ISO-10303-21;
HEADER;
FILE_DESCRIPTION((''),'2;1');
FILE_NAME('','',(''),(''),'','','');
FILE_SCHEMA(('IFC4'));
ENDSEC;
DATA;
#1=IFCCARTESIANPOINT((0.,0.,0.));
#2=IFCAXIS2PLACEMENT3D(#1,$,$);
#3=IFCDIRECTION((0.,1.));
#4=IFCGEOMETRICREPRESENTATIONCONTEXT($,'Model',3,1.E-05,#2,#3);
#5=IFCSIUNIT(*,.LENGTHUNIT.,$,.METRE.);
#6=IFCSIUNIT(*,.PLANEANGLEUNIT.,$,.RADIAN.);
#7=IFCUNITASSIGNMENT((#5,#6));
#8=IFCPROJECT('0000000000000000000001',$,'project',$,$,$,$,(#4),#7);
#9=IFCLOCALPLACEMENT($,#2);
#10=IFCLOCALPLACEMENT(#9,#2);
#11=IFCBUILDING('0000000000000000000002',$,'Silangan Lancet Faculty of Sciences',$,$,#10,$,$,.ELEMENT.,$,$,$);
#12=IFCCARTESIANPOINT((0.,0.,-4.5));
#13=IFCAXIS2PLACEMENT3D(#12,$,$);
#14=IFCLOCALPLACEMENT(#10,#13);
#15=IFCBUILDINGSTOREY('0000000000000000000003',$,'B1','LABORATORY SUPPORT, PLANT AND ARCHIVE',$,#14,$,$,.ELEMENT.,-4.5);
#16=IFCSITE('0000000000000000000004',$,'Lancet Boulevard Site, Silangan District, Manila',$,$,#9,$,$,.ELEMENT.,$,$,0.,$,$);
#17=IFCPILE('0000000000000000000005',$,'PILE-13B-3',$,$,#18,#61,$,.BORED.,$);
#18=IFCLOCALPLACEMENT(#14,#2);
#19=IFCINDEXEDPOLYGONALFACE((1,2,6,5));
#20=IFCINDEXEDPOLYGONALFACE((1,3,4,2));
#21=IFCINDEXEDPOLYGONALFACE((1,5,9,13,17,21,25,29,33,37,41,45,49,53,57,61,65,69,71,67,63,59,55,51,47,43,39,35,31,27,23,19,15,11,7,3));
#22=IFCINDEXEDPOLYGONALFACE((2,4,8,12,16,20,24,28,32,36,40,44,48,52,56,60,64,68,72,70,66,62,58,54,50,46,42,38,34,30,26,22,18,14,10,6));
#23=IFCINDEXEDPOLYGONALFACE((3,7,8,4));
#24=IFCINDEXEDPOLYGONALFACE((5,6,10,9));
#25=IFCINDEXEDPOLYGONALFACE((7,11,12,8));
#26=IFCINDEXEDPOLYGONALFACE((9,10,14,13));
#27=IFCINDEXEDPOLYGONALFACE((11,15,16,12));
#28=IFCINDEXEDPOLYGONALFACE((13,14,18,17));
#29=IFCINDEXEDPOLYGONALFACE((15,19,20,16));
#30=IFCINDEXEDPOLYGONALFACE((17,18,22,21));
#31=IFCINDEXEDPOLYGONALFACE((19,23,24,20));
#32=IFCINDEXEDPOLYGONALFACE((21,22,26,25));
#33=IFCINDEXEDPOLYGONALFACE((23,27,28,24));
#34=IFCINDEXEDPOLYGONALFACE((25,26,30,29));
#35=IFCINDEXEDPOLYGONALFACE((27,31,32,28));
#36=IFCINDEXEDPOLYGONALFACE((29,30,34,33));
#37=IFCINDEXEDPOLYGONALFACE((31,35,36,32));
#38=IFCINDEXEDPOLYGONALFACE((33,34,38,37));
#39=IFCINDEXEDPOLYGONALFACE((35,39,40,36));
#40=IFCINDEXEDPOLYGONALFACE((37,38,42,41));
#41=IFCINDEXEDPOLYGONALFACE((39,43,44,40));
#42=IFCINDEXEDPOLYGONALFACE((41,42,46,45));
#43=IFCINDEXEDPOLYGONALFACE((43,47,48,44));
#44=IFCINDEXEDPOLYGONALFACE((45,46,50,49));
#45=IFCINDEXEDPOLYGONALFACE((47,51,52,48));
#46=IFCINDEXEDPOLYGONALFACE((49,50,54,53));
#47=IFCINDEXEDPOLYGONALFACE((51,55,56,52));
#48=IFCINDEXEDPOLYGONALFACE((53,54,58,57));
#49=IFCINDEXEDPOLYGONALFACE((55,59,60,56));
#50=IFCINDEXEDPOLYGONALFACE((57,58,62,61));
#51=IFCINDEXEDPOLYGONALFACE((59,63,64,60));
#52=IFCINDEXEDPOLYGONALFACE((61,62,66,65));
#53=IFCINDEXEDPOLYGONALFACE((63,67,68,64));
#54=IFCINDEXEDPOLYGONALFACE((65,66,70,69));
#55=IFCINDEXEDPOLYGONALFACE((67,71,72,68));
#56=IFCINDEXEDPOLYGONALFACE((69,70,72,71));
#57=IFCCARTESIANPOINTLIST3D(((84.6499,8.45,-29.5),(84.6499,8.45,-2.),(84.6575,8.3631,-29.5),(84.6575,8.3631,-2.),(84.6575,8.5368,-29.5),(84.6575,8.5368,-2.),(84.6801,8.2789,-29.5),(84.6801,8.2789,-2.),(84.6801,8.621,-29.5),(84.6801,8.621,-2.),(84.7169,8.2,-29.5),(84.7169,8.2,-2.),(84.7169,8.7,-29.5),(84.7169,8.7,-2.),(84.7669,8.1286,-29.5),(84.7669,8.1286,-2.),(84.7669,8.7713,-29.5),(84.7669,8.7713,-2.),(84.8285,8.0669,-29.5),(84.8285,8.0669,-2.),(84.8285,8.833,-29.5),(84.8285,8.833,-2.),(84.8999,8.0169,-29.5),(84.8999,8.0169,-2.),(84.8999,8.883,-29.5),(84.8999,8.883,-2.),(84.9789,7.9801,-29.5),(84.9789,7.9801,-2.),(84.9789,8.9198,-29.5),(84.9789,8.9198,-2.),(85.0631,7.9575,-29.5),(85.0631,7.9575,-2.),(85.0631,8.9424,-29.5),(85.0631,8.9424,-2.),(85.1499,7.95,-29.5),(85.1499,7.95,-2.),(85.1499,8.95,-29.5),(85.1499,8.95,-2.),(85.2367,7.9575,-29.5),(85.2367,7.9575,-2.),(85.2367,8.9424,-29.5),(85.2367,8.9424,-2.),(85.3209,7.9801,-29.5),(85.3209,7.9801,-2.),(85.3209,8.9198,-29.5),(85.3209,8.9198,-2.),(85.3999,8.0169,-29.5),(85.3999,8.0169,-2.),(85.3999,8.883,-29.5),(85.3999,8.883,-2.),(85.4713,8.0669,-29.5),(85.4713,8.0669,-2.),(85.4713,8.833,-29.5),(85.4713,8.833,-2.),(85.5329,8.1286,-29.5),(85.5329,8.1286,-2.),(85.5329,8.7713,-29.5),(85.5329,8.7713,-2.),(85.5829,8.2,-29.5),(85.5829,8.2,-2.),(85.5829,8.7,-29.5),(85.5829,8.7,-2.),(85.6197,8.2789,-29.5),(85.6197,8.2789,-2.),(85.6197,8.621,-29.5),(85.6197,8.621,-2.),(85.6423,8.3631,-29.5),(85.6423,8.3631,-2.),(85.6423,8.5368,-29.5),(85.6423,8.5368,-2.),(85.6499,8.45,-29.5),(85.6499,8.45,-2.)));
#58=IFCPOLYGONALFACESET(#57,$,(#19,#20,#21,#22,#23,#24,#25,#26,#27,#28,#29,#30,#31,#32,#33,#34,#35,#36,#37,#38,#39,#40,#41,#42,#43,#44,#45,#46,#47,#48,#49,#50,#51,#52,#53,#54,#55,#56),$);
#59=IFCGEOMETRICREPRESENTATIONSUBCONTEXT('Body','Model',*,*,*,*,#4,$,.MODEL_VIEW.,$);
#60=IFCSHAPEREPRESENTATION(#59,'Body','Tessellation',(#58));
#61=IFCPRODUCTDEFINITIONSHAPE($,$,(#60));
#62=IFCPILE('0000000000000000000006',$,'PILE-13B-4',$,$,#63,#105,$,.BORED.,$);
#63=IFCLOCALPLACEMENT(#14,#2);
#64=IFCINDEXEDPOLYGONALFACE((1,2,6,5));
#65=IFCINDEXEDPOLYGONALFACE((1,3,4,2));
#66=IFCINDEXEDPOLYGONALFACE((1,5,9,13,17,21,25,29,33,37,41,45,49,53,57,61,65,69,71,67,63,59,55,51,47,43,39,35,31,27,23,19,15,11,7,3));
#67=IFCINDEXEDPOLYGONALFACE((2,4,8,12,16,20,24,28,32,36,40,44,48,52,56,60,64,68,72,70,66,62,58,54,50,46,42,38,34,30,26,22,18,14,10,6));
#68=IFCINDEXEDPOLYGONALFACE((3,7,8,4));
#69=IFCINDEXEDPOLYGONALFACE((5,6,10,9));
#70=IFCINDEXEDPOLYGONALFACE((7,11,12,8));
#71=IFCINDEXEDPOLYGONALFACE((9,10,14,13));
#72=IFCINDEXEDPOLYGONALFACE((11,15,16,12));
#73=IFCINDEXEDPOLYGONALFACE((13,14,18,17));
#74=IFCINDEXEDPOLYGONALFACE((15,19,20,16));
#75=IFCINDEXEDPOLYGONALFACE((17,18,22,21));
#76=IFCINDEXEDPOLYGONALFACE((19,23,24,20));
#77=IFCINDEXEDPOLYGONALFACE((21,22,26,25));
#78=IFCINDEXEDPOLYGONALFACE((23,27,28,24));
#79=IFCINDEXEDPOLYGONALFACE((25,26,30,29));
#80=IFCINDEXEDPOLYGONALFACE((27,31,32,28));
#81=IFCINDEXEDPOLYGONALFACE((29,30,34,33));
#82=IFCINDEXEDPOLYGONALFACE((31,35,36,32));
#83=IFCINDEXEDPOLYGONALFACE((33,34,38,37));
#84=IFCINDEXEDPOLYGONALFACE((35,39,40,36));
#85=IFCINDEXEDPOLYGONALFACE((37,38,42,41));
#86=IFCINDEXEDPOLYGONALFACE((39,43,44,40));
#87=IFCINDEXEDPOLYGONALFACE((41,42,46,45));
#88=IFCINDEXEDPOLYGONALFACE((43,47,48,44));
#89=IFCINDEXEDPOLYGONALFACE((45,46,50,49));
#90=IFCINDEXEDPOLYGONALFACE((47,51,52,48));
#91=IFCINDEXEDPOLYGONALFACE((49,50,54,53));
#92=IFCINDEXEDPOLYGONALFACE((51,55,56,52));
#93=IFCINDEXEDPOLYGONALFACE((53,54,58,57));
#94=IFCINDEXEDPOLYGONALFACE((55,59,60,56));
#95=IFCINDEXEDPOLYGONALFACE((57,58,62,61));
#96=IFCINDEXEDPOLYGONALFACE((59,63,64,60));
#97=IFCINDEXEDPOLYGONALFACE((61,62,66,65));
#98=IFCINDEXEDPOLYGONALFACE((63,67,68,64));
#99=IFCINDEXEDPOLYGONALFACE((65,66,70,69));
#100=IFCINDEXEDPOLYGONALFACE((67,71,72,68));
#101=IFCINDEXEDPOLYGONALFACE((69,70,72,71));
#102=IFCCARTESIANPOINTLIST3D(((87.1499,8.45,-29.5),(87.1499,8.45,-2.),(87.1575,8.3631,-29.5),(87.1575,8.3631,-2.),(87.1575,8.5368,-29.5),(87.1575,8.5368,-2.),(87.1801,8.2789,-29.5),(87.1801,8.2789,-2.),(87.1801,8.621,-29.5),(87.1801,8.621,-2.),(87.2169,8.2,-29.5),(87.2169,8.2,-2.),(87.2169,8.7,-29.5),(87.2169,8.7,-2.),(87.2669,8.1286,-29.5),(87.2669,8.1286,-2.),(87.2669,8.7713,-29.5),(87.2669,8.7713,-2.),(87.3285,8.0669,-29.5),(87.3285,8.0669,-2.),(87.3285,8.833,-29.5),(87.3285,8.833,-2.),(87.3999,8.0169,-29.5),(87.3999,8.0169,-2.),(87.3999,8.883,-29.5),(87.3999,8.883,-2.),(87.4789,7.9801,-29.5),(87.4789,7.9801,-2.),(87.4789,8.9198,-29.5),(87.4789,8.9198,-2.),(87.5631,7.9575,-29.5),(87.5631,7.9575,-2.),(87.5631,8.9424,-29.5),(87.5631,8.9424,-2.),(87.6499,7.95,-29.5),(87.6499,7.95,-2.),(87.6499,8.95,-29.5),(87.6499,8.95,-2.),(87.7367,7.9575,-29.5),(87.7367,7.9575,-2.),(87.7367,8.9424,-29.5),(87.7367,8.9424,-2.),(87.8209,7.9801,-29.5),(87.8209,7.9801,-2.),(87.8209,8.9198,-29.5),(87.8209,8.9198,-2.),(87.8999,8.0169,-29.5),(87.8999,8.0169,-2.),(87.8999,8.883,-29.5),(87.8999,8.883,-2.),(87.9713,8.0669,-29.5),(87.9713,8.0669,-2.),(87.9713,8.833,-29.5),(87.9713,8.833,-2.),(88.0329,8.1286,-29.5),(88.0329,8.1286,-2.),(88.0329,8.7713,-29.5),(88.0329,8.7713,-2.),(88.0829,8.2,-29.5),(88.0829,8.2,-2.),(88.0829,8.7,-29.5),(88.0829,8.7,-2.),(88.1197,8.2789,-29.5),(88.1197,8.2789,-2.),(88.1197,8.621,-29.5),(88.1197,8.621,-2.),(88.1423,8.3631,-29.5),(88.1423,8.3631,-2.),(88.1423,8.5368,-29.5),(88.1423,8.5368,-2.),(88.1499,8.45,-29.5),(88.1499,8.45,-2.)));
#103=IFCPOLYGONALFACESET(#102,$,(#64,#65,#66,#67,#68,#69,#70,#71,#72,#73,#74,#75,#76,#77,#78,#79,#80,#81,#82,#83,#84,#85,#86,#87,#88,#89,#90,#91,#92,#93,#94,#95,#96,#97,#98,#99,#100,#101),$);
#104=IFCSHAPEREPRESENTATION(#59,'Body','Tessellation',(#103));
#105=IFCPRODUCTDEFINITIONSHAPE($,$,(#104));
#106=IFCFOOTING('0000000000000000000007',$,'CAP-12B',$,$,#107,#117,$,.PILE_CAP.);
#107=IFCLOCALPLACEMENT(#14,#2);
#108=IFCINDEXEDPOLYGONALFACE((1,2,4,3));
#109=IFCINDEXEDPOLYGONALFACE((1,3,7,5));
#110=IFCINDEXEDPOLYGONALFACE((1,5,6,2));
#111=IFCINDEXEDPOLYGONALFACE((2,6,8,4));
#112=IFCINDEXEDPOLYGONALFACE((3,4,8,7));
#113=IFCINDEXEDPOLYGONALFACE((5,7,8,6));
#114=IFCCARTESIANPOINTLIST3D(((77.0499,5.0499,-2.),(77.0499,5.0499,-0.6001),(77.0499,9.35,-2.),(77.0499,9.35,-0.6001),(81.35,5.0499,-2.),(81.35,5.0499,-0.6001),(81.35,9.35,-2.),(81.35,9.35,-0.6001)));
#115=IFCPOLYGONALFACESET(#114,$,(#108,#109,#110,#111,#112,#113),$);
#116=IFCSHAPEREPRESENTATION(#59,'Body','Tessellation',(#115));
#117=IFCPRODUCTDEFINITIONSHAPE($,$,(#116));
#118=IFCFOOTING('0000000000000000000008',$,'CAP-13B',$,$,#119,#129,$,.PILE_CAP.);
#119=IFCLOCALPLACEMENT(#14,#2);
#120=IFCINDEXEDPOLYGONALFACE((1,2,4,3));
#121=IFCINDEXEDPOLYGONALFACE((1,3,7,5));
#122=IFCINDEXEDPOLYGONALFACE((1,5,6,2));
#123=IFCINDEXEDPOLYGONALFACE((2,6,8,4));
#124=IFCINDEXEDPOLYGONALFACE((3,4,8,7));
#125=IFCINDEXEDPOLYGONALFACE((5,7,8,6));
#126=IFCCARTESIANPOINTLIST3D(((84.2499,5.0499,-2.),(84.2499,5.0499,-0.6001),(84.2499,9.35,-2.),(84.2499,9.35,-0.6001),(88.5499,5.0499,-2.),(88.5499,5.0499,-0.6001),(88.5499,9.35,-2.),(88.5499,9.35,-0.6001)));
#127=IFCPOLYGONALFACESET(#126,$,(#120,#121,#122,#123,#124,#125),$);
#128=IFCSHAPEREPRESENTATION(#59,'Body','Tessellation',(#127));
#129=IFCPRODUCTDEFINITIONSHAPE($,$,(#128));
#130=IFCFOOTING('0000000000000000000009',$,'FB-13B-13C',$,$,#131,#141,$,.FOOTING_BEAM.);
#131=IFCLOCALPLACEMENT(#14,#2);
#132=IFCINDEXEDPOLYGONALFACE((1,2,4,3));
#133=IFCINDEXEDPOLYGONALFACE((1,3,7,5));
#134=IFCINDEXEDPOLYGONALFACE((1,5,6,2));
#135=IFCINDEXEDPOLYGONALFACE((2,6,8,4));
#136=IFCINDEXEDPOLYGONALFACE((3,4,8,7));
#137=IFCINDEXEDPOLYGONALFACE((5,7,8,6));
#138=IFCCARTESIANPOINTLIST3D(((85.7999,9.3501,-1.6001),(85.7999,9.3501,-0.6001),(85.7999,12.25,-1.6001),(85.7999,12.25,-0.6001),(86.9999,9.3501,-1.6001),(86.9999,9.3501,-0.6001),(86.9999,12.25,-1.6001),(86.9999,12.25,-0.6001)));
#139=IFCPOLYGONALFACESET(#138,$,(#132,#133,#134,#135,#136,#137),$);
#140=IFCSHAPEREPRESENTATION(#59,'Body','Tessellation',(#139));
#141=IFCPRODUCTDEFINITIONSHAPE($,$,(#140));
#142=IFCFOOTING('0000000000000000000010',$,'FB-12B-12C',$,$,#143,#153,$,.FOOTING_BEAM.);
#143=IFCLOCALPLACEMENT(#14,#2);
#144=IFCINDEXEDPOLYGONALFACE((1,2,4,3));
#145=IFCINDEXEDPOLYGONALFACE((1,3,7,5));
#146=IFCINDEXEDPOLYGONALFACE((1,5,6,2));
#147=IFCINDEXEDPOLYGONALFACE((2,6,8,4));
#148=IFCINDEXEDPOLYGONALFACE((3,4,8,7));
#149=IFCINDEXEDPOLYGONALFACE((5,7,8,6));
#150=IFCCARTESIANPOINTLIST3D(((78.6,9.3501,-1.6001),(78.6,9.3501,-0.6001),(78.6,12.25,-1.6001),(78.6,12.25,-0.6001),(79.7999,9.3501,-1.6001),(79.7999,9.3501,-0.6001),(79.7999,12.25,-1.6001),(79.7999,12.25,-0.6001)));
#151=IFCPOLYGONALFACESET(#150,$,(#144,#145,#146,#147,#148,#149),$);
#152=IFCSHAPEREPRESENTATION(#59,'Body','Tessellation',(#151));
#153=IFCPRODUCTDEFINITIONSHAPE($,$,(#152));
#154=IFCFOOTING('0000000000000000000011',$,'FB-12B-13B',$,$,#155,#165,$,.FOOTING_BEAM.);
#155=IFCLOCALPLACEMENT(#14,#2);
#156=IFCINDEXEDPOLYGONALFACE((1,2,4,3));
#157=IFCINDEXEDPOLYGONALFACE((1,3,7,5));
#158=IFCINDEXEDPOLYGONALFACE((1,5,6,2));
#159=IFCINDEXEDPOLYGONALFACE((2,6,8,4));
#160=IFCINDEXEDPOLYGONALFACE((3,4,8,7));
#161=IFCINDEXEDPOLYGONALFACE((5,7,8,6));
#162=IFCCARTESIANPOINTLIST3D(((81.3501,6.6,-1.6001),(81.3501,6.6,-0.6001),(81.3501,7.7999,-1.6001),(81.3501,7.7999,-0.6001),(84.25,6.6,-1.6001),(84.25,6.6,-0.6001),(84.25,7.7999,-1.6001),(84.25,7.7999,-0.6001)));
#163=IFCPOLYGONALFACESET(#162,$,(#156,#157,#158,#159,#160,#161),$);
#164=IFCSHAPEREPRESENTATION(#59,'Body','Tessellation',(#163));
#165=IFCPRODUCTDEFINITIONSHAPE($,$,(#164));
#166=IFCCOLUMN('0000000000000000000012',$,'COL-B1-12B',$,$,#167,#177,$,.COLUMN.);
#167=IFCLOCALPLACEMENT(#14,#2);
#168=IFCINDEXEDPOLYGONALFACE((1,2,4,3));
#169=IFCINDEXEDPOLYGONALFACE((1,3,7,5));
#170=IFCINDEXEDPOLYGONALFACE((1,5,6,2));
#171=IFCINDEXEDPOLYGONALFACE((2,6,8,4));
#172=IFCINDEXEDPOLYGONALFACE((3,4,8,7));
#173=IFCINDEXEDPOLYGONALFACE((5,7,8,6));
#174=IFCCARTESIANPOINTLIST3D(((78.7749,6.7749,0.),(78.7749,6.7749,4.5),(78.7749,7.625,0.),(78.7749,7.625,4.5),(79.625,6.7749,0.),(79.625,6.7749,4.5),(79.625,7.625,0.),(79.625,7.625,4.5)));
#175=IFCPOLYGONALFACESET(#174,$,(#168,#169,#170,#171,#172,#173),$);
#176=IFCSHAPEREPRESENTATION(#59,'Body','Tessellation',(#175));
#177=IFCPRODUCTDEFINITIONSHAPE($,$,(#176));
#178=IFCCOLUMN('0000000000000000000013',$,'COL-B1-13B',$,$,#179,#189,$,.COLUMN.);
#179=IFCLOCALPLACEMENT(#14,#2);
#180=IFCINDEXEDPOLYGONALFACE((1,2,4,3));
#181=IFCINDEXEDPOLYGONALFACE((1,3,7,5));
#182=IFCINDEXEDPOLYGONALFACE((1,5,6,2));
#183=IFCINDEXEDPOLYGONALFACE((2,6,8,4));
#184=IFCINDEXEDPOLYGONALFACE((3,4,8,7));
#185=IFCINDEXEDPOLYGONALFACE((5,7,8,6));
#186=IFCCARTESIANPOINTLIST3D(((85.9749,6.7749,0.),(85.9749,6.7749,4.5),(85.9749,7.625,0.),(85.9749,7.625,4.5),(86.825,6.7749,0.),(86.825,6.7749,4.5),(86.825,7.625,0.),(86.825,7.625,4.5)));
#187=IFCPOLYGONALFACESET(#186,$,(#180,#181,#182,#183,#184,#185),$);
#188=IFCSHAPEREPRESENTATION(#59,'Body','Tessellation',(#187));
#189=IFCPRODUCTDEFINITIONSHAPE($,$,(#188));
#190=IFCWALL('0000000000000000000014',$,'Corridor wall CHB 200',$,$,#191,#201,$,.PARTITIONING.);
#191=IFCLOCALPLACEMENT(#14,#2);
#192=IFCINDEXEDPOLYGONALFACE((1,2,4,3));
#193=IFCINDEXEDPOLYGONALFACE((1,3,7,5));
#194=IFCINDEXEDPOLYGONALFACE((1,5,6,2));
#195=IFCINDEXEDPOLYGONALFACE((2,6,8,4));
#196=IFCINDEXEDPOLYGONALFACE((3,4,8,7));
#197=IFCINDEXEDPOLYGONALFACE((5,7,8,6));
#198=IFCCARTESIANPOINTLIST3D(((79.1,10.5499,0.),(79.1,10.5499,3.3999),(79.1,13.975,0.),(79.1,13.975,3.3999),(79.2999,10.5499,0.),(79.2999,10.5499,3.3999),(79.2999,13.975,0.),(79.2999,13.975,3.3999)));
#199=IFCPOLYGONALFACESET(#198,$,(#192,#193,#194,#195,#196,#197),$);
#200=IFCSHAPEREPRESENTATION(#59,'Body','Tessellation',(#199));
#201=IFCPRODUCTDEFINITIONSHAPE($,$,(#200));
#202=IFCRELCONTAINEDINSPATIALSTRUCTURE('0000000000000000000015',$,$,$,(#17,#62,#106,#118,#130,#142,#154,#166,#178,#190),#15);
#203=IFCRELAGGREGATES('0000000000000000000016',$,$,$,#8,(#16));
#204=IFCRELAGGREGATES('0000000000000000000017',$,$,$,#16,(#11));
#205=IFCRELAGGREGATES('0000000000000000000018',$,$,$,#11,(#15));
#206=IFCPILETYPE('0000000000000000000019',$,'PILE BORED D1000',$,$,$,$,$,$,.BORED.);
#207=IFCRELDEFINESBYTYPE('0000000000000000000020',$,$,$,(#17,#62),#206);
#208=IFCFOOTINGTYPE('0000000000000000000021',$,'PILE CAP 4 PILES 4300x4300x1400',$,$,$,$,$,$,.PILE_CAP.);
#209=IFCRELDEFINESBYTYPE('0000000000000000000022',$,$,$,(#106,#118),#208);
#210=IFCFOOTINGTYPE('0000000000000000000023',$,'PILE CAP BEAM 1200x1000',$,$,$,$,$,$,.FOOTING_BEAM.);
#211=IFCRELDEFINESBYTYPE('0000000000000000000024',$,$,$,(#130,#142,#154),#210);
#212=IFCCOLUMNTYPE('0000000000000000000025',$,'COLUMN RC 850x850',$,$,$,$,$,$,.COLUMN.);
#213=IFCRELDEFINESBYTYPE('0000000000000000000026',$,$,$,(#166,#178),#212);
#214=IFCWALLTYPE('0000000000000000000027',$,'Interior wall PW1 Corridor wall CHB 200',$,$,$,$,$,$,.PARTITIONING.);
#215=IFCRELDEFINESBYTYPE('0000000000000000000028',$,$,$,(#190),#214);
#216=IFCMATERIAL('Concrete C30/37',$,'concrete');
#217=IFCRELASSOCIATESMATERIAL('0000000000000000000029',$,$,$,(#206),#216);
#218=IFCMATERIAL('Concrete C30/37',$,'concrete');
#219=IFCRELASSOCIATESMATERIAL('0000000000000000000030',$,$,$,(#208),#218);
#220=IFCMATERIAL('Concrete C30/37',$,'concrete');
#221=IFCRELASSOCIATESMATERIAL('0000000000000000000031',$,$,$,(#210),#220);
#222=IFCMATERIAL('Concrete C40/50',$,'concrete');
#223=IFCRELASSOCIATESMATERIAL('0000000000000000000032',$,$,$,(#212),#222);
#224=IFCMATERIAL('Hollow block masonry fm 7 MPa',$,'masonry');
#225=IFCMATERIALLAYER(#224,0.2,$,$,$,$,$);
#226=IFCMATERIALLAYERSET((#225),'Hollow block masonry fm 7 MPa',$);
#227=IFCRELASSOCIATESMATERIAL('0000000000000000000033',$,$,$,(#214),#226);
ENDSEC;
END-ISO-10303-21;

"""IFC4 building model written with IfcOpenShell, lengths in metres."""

from ifc_helpers import new_model, si_unit, direction, frame, frame_2d, origin, origin_2d, place, context, subcontext, project, spatial, rectangle, circle, extrude, material, layer, layer_set, material_profile, profile_set, type_object, element, save


model = new_model("IFC4")

# Units and contexts
model_context = context("Model", 3, precision=1e-05, world=origin(), true_north=direction((0.0, 1.0)))
body_context = subcontext(model_context, "Body", "Model", "MODEL_VIEW")
ifc_project = project(units=[si_unit("LENGTHUNIT", "METRE"), si_unit("PLANEANGLEUNIT", "RADIAN")], contexts=[model_context])

# Site, building, storey
site_placement = place(None, origin())
site = spatial("IfcSite", under=ifc_project, at=site_placement, Name="Lancet Boulevard Site, Silangan District, Manila", CompositionType="ELEMENT", RefElevation=0.0)
building_placement = place(site_placement, origin())
building = spatial("IfcBuilding", under=site, at=building_placement, Name="Silangan Lancet Faculty of Sciences", CompositionType="ELEMENT")
storey_placement = place(building_placement, frame((0.0, 0.0, -4.5)))
storey = spatial("IfcBuildingStorey", under=building, at=storey_placement, Name="B1", Description="LABORATORY SUPPORT, PLANT AND ARCHIVE", CompositionType="ELEMENT", Elevation=-4.5)

# Piles
ifc_material_1 = material(Name="Concrete C30/37", Category="concrete")
ifc_material_profile_1 = material_profile(ifc_material_1, circle(Radius=0.5, at=origin_2d()), Name="BORED PILE D1000")
ifc_profile_set_1 = profile_set([ifc_material_profile_1], Name="Concrete C30/37")
pile_type = type_object("IfcPileType", Name="PILE BORED D1000", PredefinedType="BORED", material=ifc_profile_set_1)
for number, where, z_axis, x_axis, name in (
    (1, (85.1499, 8.45, -2.0), (0.0, 0.0, -1.0), (1.0, 0.0, 0.0), "PILE-13B-3"),
    (2, (87.6499, 8.45, -2.0), (0.0, 0.0, -1.0), (1.0, 0.0, 0.0), "PILE-13B-4"),
):
    element("IfcPile", number, at=place(storey_placement, frame(where, z_axis=z_axis, x_axis=x_axis)), inside=storey, type_object=pile_type, Name=name, PredefinedType="BORED", context=body_context, shape_type="SweptSolid", body=[
        extrude(circle(Radius=0.5, at=origin_2d()), origin(), (0.0, 0.0, 1.0), 27.5),
    ])

# Footings
ifc_material_2 = material(Name="Concrete C30/37", Category="concrete")
footing_type_1 = type_object("IfcFootingType", Name="PILE CAP 4 PILES 4300x4300x1400", PredefinedType="PILE_CAP", material=ifc_material_2)
for number, where, z_axis, x_axis, name in (
    (3, (79.2, 7.2, -2.0), (0.0, 0.0, 1.0), (1.0, 0.0, 0.0), "CAP-12B"),
    (4, (86.3999, 7.2, -2.0), (0.0, 0.0, 1.0), (1.0, 0.0, 0.0), "CAP-13B"),
):
    element("IfcFooting", number, at=place(storey_placement, frame(where, z_axis=z_axis, x_axis=x_axis)), inside=storey, type_object=footing_type_1, Name=name, PredefinedType="PILE_CAP", context=body_context, shape_type="SweptSolid", body=[
        extrude(rectangle(XDim=4.3, YDim=4.3, at=origin_2d()), origin(), (0.0, 0.0, 1.0), 1.3999),
    ])
ifc_material_3 = material(Name="Concrete C30/37", Category="concrete")
footing_type_2 = type_object("IfcFootingType", Name="PILE CAP BEAM 1200x1000", PredefinedType="FOOTING_BEAM", material=ifc_material_3)
for number, where, z_axis, x_axis, name in (
    (5, (86.3999, 10.8, -1.6001), (0.0, 0.0, 1.0), (0.0, 1.0, 0.0), "FB-13B-13C"),
    (6, (79.2, 10.8, -1.6001), (0.0, 0.0, 1.0), (0.0, 1.0, 0.0), "FB-12B-12C"),
    (7, (82.8, 7.2, -1.6001), (0.0, 0.0, 1.0), (1.0, 0.0, 0.0), "FB-12B-13B"),
):
    element("IfcFooting", number, at=place(storey_placement, frame(where, z_axis=z_axis, x_axis=x_axis)), inside=storey, type_object=footing_type_2, Name=name, PredefinedType="FOOTING_BEAM", context=body_context, shape_type="SweptSolid", body=[
        extrude(rectangle(XDim=2.8999, YDim=1.2, at=origin_2d()), origin(), (0.0, 0.0, 1.0), 1.0),
    ])

# Columns
ifc_material_4 = material(Name="Concrete C40/50", Category="concrete")
ifc_material_profile_2 = material_profile(ifc_material_4, rectangle(XDim=0.8501, YDim=0.8501, at=origin_2d()), Name="RC 850x850")
ifc_profile_set_2 = profile_set([ifc_material_profile_2], Name="Concrete C40/50")
column_type = type_object("IfcColumnType", Name="COLUMN RC 850x850", PredefinedType="COLUMN", material=ifc_profile_set_2)
for number, where, z_axis, x_axis, name in (
    (8, (79.2, 7.2, 0.0), (0.0, 0.0, 1.0), (1.0, 0.0, 0.0), "COL-B1-12B"),
    (9, (86.3999, 7.2, 0.0), (0.0, 0.0, 1.0), (1.0, 0.0, 0.0), "COL-B1-13B"),
):
    element("IfcColumn", number, at=place(storey_placement, frame(where, z_axis=z_axis, x_axis=x_axis)), inside=storey, type_object=column_type, Name=name, PredefinedType="COLUMN", context=body_context, shape_type="SweptSolid", body=[
        extrude(rectangle(XDim=0.8501, YDim=0.8501, at=origin_2d()), origin(), (0.0, 0.0, 1.0), 4.5),
    ])

# Wall
ifc_material_5 = material(Name="Hollow block masonry fm 7 MPa", Category="masonry")
ifc_layer_1 = layer(ifc_material_5, 0.2)
ifc_layer_set_1 = layer_set([ifc_layer_1], Name="Hollow block masonry fm 7 MPa")
wall_type_1 = type_object("IfcWallType", Name="Interior wall PW1 Corridor wall CHB 200", PredefinedType="PARTITIONING", material=ifc_layer_set_1)
wall_1_placement = place(storey_placement, frame((79.2, 10.55, 0.0), z_axis=(0.0, 0.0, 1.0), x_axis=(0.0, 1.0, 0.0)))
element("IfcWall", 10, at=wall_1_placement, inside=storey, type_object=wall_type_1, Name="Corridor wall CHB 200", PredefinedType="PARTITIONING", context=body_context, shape_type="SweptSolid", body=[
    extrude(rectangle(XDim=3.425, YDim=0.2, at=frame_2d((1.7124, 0.0))), origin(), (0.0, 0.0, 1.0), 3.3999),
])

save(model, "model.ifc")
